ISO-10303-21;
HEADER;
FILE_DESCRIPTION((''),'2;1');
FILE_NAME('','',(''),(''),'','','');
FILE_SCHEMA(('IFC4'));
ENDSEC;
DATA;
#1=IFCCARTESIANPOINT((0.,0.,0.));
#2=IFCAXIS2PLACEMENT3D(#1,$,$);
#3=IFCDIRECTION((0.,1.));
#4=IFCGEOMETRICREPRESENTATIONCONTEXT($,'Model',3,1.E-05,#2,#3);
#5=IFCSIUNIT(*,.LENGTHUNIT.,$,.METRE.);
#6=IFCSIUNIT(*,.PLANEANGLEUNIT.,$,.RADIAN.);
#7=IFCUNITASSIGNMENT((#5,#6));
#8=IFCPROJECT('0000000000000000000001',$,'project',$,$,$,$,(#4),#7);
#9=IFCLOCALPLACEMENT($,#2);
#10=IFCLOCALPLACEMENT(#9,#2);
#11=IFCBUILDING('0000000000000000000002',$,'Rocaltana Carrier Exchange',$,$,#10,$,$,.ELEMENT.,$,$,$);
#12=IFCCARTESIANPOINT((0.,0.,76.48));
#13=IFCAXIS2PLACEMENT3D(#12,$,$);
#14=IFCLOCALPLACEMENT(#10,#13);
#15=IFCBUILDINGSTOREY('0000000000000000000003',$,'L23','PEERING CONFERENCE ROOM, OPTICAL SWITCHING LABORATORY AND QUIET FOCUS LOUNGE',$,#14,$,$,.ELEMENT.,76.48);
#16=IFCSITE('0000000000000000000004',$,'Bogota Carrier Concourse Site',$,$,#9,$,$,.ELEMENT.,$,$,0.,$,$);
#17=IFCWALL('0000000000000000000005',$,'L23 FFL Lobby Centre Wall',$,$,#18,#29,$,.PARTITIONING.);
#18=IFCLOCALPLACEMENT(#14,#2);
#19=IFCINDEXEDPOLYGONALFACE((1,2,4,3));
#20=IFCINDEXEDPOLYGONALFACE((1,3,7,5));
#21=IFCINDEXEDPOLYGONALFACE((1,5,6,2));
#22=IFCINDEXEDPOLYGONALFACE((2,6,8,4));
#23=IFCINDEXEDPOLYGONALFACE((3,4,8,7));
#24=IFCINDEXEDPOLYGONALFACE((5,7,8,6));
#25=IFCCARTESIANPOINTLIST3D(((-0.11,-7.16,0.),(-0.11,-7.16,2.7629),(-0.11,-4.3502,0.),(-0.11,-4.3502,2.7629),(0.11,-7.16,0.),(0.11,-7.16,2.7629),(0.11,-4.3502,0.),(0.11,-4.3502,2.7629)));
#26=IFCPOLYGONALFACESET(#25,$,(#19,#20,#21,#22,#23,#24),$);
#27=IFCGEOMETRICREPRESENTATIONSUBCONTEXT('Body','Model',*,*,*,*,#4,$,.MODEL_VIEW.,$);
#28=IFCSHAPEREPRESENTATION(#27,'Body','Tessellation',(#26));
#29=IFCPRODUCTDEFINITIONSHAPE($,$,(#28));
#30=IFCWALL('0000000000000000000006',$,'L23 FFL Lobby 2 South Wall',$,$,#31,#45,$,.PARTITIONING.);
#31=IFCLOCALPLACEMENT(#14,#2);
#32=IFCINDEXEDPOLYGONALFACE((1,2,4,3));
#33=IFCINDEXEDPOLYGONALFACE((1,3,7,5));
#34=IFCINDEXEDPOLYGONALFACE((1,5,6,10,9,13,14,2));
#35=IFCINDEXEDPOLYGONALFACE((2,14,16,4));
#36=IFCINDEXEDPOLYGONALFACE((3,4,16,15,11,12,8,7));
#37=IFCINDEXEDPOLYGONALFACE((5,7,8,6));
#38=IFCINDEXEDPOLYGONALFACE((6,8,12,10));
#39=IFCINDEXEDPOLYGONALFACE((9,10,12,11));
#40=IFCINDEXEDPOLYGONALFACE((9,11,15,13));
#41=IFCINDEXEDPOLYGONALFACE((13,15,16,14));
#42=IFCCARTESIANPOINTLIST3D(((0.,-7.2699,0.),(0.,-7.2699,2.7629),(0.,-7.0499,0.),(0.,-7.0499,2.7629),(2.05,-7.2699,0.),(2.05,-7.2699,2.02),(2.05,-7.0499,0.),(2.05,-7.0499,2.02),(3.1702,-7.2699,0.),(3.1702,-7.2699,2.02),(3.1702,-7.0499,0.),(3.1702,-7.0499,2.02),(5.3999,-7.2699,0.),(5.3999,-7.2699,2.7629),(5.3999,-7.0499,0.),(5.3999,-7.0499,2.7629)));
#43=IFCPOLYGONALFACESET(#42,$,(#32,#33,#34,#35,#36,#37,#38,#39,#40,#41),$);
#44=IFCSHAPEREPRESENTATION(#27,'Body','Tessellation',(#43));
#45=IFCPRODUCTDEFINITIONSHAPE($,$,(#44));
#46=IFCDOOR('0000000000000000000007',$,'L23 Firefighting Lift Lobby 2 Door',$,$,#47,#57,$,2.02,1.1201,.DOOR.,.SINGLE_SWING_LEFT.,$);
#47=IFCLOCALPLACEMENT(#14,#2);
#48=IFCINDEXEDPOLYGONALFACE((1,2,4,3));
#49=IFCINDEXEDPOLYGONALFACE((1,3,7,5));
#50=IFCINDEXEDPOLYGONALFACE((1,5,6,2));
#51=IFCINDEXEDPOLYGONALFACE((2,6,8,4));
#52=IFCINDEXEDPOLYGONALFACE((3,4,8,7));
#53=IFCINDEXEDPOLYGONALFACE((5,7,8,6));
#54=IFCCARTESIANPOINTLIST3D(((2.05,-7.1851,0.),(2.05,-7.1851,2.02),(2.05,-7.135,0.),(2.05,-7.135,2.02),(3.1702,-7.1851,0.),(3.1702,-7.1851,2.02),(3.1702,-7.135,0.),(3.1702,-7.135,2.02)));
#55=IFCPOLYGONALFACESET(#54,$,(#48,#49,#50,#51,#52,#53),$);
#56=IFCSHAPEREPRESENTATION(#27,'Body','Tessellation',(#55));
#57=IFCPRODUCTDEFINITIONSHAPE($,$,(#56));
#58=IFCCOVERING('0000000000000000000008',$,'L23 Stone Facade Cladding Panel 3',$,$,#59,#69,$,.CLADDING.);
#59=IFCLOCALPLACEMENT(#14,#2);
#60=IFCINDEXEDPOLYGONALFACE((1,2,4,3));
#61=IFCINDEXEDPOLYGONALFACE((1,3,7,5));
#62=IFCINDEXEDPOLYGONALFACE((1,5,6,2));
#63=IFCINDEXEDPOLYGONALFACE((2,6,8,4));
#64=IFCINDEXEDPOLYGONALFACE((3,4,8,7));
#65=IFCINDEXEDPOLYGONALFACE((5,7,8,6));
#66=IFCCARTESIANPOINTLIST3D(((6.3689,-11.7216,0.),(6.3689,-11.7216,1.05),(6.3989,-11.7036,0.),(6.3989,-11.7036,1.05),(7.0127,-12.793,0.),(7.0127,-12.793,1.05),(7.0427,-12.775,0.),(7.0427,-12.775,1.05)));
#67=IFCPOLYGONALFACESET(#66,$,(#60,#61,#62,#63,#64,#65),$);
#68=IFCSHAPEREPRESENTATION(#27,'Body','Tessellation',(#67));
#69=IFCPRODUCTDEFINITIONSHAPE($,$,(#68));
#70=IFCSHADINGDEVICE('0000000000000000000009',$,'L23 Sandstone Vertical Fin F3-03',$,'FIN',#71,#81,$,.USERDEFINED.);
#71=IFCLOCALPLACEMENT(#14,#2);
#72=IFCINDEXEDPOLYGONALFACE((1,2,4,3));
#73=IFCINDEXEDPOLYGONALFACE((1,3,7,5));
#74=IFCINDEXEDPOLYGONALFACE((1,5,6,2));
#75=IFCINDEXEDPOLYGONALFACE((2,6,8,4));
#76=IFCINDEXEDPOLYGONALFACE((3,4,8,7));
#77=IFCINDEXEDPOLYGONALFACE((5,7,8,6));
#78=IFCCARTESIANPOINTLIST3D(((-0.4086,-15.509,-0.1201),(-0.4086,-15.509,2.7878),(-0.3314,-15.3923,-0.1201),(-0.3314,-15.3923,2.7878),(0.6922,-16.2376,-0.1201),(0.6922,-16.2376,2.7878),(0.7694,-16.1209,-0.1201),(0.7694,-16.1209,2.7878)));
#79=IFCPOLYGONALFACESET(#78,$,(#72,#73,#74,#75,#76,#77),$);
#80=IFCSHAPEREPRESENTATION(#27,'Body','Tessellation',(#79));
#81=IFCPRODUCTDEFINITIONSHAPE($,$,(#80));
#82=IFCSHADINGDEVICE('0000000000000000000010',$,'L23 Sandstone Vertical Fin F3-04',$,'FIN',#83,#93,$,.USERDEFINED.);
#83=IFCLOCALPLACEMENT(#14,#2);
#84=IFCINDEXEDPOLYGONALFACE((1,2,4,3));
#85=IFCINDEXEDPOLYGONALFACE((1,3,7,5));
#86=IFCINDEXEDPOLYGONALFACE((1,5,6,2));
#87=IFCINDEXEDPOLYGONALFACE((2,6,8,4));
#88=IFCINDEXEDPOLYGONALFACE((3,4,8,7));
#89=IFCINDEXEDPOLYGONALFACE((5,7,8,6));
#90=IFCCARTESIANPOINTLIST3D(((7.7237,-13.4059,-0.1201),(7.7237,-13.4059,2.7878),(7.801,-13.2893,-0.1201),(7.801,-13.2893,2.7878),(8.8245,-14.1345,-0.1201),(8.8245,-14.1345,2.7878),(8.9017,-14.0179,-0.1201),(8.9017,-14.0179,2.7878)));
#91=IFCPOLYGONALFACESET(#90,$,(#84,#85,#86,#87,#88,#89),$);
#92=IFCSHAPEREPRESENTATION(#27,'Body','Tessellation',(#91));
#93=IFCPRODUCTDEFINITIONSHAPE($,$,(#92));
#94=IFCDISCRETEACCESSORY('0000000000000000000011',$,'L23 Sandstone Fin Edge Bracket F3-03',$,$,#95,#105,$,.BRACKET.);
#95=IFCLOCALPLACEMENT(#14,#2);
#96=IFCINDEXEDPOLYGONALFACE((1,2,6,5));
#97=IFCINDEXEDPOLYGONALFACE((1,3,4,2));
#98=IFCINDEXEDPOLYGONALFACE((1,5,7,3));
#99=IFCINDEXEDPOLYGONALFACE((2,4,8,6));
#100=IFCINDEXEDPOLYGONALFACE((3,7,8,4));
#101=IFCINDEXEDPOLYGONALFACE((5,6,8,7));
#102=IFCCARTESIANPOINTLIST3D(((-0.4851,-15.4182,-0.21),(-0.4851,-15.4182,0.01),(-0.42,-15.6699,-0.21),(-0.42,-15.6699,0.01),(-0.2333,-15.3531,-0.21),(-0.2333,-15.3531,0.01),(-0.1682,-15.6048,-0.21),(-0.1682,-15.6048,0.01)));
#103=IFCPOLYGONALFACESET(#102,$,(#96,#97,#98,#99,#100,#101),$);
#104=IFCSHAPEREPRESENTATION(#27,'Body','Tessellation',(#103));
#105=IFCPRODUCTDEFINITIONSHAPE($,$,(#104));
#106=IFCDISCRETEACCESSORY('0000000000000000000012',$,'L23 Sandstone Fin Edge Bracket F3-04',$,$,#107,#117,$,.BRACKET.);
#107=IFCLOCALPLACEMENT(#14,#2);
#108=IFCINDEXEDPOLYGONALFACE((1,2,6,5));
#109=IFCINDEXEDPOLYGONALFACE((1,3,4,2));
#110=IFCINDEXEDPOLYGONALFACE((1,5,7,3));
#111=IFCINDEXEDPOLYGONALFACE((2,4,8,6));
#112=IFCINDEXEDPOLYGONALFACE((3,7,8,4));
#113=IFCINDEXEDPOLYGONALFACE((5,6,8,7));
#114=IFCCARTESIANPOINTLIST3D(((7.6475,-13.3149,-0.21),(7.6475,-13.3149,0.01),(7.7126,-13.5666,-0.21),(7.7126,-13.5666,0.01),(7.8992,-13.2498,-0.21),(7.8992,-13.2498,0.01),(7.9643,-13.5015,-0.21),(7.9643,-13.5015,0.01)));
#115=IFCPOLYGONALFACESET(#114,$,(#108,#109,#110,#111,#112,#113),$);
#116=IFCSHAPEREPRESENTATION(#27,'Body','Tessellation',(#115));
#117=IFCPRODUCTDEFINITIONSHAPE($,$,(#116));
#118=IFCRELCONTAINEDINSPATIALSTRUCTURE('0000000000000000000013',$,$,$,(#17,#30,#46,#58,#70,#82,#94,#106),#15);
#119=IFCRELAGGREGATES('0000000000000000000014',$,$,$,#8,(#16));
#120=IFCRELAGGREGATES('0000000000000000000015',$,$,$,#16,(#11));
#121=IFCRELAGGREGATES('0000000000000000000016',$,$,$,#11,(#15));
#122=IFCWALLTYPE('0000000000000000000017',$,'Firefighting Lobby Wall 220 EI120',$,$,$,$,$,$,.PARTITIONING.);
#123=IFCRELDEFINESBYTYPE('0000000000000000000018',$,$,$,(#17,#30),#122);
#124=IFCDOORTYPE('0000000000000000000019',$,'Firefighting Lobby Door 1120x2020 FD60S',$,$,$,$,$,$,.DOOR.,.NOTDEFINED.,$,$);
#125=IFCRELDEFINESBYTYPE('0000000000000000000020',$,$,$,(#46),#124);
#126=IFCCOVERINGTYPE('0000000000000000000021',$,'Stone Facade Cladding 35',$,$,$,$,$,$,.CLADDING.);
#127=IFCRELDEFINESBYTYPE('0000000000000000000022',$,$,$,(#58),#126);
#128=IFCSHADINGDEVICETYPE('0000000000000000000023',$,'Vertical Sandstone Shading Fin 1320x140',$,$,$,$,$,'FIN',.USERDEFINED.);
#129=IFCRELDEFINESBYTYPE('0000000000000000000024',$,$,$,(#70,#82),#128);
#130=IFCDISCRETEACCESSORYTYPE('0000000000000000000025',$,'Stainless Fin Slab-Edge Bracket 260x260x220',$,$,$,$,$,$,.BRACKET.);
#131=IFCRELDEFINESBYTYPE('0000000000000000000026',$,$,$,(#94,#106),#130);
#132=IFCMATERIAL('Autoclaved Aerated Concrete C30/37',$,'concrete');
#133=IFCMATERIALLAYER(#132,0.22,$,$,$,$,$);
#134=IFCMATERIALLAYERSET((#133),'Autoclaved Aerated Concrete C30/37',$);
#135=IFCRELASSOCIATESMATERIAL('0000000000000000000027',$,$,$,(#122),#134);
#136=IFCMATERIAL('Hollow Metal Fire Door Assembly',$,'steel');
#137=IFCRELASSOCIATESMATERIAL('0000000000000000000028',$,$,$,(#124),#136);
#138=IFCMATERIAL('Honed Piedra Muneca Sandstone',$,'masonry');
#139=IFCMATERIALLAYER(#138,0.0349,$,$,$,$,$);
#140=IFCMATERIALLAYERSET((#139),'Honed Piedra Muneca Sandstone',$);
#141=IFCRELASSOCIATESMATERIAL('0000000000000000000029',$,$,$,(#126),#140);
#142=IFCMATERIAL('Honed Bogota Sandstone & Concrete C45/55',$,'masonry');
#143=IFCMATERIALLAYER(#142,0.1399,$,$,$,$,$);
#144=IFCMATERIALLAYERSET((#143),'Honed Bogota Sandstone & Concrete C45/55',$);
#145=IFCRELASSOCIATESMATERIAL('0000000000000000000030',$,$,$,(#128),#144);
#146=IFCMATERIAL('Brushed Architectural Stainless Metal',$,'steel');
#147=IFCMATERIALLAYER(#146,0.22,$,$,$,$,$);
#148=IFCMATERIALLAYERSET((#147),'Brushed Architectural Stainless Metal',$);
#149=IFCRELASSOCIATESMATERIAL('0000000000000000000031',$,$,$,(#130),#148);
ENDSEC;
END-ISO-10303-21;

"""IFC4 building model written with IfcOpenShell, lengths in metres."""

from ifc_helpers import new_model, si_unit, direction, frame, frame_2d, origin, origin_2d, place, context, subcontext, project, spatial, rectangle, extrude, material, layer, layer_set, type_object, element, fill, save


model = new_model("IFC4")

# Units and contexts
model_context = context("Model", 3, precision=1e-05, world=origin(), true_north=direction((0.0, 1.0)))
body_context = subcontext(model_context, "Body", "Model", "MODEL_VIEW")
ifc_project = project(units=[si_unit("LENGTHUNIT", "METRE"), si_unit("PLANEANGLEUNIT", "RADIAN")], contexts=[model_context])

# Site, building, storey
site_placement = place(None, origin())
site = spatial("IfcSite", under=ifc_project, at=site_placement, Name="Bogota Carrier Concourse Site", CompositionType="ELEMENT", RefElevation=0.0)
building_placement = place(site_placement, origin())
building = spatial("IfcBuilding", under=site, at=building_placement, Name="Rocaltana Carrier Exchange", CompositionType="ELEMENT")
storey_placement = place(building_placement, frame((0.0, 0.0, 76.48)))
storey = spatial("IfcBuildingStorey", under=building, at=storey_placement, Name="L23", Description="PEERING CONFERENCE ROOM, OPTICAL SWITCHING LABORATORY AND QUIET FOCUS LOUNGE", CompositionType="ELEMENT", Elevation=76.48)

# Wall
ifc_material_1 = material(Name="Autoclaved Aerated Concrete C30/37", Category="concrete")
ifc_layer_1 = layer(ifc_material_1, 0.22)
ifc_layer_set_1 = layer_set([ifc_layer_1], Name="Autoclaved Aerated Concrete C30/37")
wall_type_1 = type_object("IfcWallType", Name="Firefighting Lobby Wall 220 EI120", PredefinedType="PARTITIONING", material=ifc_layer_set_1)
wall_1_placement = place(storey_placement, frame((0.0, -7.1599, 0.0), z_axis=(0.0, 0.0, 1.0), x_axis=(0.0, 1.0, 0.0)))
element("IfcWall", 1, at=wall_1_placement, inside=storey, type_object=wall_type_1, Name="L23 FFL Lobby Centre Wall", PredefinedType="PARTITIONING", context=body_context, shape_type="SweptSolid", body=[
    extrude(rectangle(XDim=2.8098, YDim=0.22, at=frame_2d((1.4048, 0.0))), origin(), (0.0, 0.0, 1.0), 2.7629),
])

# Wall, opening, door
wall_2_placement = place(storey_placement, frame((0.0, -7.1599, 0.0), z_axis=(0.0, 0.0, 1.0), x_axis=(1.0, 0.0, 0.0)))
wall_2 = element("IfcWall", 2, at=wall_2_placement, inside=storey, type_object=wall_type_1, Name="L23 FFL Lobby 2 South Wall", PredefinedType="PARTITIONING", context=body_context, shape_type="SweptSolid", body=[
    extrude(rectangle(XDim=5.3999, YDim=0.22, at=frame_2d((2.7, 0.0))), origin(), (0.0, 0.0, 1.0), 2.7629),
])
opening_1_placement = place(wall_2_placement, frame((2.05, 0.0, 0.0)))
opening_1 = element("IfcOpeningElement", 3, at=opening_1_placement, cuts=wall_2, PredefinedType="OPENING", context=body_context, shape_type="SweptSolid", body=[
    extrude(rectangle(XDim=1.1201, YDim=2.02, at=frame_2d((0.5601, 1.01))), frame((0.0, 0.1199, 0.0), z_axis=(0.0, -1.0, 0.0), x_axis=(1.0, 0.0, 0.0)), (0.0, 0.0, 1.0), 0.24),
])
ifc_material_2 = material(Name="Hollow Metal Fire Door Assembly", Category="steel")
door_type_1 = type_object("IfcDoorType", Name="Firefighting Lobby Door 1120x2020 FD60S", OperationType="NOTDEFINED", PredefinedType="DOOR", material=ifc_material_2)
door_1_placement = place(opening_1_placement, origin())
door_1 = element("IfcDoor", 4, at=door_1_placement, inside=storey, type_object=door_type_1, Name="L23 Firefighting Lift Lobby 2 Door", OperationType="SINGLE_SWING_LEFT", OverallHeight=2.02, OverallWidth=1.1201, PredefinedType="DOOR", context=body_context, shape_type="SweptSolid", body=[
    extrude(rectangle(XDim=1.1201, YDim=2.02, at=frame_2d((0.5601, 1.01))), frame((0.0, 0.0249, 0.0), z_axis=(0.0, -1.0, 0.0), x_axis=(1.0, 0.0, 0.0)), (0.0, 0.0, 1.0), 0.05),
])
fill(opening_1, door_1)

# Covering
ifc_material_3 = material(Name="Honed Piedra Muneca Sandstone", Category="masonry")
ifc_layer_2 = layer(ifc_material_3, 0.0349)
ifc_layer_set_2 = layer_set([ifc_layer_2], Name="Honed Piedra Muneca Sandstone")
covering_type = type_object("IfcCoveringType", Name="Stone Facade Cladding 35", PredefinedType="CLADDING", material=ifc_layer_set_2)
covering_placement = place(storey_placement, frame((6.7058, -12.2483, 0.0), z_axis=(0.0, 0.0, 1.0), x_axis=(-0.515038, 0.857167, 0.0)))
element("IfcCovering", 5, at=covering_placement, inside=storey, type_object=covering_type, Name="L23 Stone Facade Cladding Panel 3", PredefinedType="CLADDING", context=body_context, shape_type="SweptSolid", body=[
    extrude(rectangle(XDim=1.25, YDim=0.0349, at=origin_2d()), origin(), (0.0, 0.0, 1.0), 1.05),
])

# Shading devices
ifc_material_4 = material(Name="Honed Bogota Sandstone & Concrete C45/55", Category="masonry")
ifc_layer_3 = layer(ifc_material_4, 0.1399)
ifc_layer_set_3 = layer_set([ifc_layer_3], Name="Honed Bogota Sandstone & Concrete C45/55")
shading_device_type = type_object("IfcShadingDeviceType", Name="Vertical Sandstone Shading Fin 1320x140", ElementType="FIN", PredefinedType="USERDEFINED", material=ifc_layer_set_3)
for number, where, z_axis, x_axis, name in (
    (6, (0.1804, -15.8149, -0.1201), (0.0, 0.0, 1.0), (0.833886, -0.551937, 0.0), "L23 Sandstone Vertical Fin F3-03"),
    (7, (8.3127, -13.7119, -0.1201), (0.0, 0.0, 1.0), (0.833886, -0.551937, 0.0), "L23 Sandstone Vertical Fin F3-04"),
):
    element("IfcShadingDevice", number, at=place(storey_placement, frame(where, z_axis=z_axis, x_axis=x_axis)), inside=storey, type_object=shading_device_type, Name=name, ObjectType="FIN", PredefinedType="USERDEFINED", context=body_context, shape_type="SweptSolid", body=[
        extrude(rectangle(XDim=1.3201, YDim=0.1399, at=origin_2d()), origin(), (0.0, 0.0, 1.0), 2.908),
    ])

# Discrete accessories
ifc_material_5 = material(Name="Brushed Architectural Stainless Metal", Category="steel")
ifc_layer_4 = layer(ifc_material_5, 0.22)
ifc_layer_set_4 = layer_set([ifc_layer_4], Name="Brushed Architectural Stainless Metal")
discrete_accessory_type = type_object("IfcDiscreteAccessoryType", Name="Stainless Fin Slab-Edge Bracket 260x260x220", PredefinedType="BRACKET", material=ifc_layer_set_4)
for number, where, z_axis, x_axis, name in (
    (8, (-0.3267, -15.5115, -0.21), (0.0, 0.0, 1.0), (0.968148, 0.25038, 0.0), "L23 Sandstone Fin Edge Bracket F3-03"),
    (9, (7.8059, -13.4082, -0.21), (0.0, 0.0, 1.0), (0.968148, 0.25038, 0.0), "L23 Sandstone Fin Edge Bracket F3-04"),
):
    element("IfcDiscreteAccessory", number, at=place(storey_placement, frame(where, z_axis=z_axis, x_axis=x_axis)), inside=storey, type_object=discrete_accessory_type, Name=name, PredefinedType="BRACKET", context=body_context, shape_type="SweptSolid", body=[
        extrude(rectangle(XDim=0.26, YDim=0.26, at=origin_2d()), origin(), (0.0, 0.0, 1.0), 0.22),
    ])

save(model, "model.ifc")
